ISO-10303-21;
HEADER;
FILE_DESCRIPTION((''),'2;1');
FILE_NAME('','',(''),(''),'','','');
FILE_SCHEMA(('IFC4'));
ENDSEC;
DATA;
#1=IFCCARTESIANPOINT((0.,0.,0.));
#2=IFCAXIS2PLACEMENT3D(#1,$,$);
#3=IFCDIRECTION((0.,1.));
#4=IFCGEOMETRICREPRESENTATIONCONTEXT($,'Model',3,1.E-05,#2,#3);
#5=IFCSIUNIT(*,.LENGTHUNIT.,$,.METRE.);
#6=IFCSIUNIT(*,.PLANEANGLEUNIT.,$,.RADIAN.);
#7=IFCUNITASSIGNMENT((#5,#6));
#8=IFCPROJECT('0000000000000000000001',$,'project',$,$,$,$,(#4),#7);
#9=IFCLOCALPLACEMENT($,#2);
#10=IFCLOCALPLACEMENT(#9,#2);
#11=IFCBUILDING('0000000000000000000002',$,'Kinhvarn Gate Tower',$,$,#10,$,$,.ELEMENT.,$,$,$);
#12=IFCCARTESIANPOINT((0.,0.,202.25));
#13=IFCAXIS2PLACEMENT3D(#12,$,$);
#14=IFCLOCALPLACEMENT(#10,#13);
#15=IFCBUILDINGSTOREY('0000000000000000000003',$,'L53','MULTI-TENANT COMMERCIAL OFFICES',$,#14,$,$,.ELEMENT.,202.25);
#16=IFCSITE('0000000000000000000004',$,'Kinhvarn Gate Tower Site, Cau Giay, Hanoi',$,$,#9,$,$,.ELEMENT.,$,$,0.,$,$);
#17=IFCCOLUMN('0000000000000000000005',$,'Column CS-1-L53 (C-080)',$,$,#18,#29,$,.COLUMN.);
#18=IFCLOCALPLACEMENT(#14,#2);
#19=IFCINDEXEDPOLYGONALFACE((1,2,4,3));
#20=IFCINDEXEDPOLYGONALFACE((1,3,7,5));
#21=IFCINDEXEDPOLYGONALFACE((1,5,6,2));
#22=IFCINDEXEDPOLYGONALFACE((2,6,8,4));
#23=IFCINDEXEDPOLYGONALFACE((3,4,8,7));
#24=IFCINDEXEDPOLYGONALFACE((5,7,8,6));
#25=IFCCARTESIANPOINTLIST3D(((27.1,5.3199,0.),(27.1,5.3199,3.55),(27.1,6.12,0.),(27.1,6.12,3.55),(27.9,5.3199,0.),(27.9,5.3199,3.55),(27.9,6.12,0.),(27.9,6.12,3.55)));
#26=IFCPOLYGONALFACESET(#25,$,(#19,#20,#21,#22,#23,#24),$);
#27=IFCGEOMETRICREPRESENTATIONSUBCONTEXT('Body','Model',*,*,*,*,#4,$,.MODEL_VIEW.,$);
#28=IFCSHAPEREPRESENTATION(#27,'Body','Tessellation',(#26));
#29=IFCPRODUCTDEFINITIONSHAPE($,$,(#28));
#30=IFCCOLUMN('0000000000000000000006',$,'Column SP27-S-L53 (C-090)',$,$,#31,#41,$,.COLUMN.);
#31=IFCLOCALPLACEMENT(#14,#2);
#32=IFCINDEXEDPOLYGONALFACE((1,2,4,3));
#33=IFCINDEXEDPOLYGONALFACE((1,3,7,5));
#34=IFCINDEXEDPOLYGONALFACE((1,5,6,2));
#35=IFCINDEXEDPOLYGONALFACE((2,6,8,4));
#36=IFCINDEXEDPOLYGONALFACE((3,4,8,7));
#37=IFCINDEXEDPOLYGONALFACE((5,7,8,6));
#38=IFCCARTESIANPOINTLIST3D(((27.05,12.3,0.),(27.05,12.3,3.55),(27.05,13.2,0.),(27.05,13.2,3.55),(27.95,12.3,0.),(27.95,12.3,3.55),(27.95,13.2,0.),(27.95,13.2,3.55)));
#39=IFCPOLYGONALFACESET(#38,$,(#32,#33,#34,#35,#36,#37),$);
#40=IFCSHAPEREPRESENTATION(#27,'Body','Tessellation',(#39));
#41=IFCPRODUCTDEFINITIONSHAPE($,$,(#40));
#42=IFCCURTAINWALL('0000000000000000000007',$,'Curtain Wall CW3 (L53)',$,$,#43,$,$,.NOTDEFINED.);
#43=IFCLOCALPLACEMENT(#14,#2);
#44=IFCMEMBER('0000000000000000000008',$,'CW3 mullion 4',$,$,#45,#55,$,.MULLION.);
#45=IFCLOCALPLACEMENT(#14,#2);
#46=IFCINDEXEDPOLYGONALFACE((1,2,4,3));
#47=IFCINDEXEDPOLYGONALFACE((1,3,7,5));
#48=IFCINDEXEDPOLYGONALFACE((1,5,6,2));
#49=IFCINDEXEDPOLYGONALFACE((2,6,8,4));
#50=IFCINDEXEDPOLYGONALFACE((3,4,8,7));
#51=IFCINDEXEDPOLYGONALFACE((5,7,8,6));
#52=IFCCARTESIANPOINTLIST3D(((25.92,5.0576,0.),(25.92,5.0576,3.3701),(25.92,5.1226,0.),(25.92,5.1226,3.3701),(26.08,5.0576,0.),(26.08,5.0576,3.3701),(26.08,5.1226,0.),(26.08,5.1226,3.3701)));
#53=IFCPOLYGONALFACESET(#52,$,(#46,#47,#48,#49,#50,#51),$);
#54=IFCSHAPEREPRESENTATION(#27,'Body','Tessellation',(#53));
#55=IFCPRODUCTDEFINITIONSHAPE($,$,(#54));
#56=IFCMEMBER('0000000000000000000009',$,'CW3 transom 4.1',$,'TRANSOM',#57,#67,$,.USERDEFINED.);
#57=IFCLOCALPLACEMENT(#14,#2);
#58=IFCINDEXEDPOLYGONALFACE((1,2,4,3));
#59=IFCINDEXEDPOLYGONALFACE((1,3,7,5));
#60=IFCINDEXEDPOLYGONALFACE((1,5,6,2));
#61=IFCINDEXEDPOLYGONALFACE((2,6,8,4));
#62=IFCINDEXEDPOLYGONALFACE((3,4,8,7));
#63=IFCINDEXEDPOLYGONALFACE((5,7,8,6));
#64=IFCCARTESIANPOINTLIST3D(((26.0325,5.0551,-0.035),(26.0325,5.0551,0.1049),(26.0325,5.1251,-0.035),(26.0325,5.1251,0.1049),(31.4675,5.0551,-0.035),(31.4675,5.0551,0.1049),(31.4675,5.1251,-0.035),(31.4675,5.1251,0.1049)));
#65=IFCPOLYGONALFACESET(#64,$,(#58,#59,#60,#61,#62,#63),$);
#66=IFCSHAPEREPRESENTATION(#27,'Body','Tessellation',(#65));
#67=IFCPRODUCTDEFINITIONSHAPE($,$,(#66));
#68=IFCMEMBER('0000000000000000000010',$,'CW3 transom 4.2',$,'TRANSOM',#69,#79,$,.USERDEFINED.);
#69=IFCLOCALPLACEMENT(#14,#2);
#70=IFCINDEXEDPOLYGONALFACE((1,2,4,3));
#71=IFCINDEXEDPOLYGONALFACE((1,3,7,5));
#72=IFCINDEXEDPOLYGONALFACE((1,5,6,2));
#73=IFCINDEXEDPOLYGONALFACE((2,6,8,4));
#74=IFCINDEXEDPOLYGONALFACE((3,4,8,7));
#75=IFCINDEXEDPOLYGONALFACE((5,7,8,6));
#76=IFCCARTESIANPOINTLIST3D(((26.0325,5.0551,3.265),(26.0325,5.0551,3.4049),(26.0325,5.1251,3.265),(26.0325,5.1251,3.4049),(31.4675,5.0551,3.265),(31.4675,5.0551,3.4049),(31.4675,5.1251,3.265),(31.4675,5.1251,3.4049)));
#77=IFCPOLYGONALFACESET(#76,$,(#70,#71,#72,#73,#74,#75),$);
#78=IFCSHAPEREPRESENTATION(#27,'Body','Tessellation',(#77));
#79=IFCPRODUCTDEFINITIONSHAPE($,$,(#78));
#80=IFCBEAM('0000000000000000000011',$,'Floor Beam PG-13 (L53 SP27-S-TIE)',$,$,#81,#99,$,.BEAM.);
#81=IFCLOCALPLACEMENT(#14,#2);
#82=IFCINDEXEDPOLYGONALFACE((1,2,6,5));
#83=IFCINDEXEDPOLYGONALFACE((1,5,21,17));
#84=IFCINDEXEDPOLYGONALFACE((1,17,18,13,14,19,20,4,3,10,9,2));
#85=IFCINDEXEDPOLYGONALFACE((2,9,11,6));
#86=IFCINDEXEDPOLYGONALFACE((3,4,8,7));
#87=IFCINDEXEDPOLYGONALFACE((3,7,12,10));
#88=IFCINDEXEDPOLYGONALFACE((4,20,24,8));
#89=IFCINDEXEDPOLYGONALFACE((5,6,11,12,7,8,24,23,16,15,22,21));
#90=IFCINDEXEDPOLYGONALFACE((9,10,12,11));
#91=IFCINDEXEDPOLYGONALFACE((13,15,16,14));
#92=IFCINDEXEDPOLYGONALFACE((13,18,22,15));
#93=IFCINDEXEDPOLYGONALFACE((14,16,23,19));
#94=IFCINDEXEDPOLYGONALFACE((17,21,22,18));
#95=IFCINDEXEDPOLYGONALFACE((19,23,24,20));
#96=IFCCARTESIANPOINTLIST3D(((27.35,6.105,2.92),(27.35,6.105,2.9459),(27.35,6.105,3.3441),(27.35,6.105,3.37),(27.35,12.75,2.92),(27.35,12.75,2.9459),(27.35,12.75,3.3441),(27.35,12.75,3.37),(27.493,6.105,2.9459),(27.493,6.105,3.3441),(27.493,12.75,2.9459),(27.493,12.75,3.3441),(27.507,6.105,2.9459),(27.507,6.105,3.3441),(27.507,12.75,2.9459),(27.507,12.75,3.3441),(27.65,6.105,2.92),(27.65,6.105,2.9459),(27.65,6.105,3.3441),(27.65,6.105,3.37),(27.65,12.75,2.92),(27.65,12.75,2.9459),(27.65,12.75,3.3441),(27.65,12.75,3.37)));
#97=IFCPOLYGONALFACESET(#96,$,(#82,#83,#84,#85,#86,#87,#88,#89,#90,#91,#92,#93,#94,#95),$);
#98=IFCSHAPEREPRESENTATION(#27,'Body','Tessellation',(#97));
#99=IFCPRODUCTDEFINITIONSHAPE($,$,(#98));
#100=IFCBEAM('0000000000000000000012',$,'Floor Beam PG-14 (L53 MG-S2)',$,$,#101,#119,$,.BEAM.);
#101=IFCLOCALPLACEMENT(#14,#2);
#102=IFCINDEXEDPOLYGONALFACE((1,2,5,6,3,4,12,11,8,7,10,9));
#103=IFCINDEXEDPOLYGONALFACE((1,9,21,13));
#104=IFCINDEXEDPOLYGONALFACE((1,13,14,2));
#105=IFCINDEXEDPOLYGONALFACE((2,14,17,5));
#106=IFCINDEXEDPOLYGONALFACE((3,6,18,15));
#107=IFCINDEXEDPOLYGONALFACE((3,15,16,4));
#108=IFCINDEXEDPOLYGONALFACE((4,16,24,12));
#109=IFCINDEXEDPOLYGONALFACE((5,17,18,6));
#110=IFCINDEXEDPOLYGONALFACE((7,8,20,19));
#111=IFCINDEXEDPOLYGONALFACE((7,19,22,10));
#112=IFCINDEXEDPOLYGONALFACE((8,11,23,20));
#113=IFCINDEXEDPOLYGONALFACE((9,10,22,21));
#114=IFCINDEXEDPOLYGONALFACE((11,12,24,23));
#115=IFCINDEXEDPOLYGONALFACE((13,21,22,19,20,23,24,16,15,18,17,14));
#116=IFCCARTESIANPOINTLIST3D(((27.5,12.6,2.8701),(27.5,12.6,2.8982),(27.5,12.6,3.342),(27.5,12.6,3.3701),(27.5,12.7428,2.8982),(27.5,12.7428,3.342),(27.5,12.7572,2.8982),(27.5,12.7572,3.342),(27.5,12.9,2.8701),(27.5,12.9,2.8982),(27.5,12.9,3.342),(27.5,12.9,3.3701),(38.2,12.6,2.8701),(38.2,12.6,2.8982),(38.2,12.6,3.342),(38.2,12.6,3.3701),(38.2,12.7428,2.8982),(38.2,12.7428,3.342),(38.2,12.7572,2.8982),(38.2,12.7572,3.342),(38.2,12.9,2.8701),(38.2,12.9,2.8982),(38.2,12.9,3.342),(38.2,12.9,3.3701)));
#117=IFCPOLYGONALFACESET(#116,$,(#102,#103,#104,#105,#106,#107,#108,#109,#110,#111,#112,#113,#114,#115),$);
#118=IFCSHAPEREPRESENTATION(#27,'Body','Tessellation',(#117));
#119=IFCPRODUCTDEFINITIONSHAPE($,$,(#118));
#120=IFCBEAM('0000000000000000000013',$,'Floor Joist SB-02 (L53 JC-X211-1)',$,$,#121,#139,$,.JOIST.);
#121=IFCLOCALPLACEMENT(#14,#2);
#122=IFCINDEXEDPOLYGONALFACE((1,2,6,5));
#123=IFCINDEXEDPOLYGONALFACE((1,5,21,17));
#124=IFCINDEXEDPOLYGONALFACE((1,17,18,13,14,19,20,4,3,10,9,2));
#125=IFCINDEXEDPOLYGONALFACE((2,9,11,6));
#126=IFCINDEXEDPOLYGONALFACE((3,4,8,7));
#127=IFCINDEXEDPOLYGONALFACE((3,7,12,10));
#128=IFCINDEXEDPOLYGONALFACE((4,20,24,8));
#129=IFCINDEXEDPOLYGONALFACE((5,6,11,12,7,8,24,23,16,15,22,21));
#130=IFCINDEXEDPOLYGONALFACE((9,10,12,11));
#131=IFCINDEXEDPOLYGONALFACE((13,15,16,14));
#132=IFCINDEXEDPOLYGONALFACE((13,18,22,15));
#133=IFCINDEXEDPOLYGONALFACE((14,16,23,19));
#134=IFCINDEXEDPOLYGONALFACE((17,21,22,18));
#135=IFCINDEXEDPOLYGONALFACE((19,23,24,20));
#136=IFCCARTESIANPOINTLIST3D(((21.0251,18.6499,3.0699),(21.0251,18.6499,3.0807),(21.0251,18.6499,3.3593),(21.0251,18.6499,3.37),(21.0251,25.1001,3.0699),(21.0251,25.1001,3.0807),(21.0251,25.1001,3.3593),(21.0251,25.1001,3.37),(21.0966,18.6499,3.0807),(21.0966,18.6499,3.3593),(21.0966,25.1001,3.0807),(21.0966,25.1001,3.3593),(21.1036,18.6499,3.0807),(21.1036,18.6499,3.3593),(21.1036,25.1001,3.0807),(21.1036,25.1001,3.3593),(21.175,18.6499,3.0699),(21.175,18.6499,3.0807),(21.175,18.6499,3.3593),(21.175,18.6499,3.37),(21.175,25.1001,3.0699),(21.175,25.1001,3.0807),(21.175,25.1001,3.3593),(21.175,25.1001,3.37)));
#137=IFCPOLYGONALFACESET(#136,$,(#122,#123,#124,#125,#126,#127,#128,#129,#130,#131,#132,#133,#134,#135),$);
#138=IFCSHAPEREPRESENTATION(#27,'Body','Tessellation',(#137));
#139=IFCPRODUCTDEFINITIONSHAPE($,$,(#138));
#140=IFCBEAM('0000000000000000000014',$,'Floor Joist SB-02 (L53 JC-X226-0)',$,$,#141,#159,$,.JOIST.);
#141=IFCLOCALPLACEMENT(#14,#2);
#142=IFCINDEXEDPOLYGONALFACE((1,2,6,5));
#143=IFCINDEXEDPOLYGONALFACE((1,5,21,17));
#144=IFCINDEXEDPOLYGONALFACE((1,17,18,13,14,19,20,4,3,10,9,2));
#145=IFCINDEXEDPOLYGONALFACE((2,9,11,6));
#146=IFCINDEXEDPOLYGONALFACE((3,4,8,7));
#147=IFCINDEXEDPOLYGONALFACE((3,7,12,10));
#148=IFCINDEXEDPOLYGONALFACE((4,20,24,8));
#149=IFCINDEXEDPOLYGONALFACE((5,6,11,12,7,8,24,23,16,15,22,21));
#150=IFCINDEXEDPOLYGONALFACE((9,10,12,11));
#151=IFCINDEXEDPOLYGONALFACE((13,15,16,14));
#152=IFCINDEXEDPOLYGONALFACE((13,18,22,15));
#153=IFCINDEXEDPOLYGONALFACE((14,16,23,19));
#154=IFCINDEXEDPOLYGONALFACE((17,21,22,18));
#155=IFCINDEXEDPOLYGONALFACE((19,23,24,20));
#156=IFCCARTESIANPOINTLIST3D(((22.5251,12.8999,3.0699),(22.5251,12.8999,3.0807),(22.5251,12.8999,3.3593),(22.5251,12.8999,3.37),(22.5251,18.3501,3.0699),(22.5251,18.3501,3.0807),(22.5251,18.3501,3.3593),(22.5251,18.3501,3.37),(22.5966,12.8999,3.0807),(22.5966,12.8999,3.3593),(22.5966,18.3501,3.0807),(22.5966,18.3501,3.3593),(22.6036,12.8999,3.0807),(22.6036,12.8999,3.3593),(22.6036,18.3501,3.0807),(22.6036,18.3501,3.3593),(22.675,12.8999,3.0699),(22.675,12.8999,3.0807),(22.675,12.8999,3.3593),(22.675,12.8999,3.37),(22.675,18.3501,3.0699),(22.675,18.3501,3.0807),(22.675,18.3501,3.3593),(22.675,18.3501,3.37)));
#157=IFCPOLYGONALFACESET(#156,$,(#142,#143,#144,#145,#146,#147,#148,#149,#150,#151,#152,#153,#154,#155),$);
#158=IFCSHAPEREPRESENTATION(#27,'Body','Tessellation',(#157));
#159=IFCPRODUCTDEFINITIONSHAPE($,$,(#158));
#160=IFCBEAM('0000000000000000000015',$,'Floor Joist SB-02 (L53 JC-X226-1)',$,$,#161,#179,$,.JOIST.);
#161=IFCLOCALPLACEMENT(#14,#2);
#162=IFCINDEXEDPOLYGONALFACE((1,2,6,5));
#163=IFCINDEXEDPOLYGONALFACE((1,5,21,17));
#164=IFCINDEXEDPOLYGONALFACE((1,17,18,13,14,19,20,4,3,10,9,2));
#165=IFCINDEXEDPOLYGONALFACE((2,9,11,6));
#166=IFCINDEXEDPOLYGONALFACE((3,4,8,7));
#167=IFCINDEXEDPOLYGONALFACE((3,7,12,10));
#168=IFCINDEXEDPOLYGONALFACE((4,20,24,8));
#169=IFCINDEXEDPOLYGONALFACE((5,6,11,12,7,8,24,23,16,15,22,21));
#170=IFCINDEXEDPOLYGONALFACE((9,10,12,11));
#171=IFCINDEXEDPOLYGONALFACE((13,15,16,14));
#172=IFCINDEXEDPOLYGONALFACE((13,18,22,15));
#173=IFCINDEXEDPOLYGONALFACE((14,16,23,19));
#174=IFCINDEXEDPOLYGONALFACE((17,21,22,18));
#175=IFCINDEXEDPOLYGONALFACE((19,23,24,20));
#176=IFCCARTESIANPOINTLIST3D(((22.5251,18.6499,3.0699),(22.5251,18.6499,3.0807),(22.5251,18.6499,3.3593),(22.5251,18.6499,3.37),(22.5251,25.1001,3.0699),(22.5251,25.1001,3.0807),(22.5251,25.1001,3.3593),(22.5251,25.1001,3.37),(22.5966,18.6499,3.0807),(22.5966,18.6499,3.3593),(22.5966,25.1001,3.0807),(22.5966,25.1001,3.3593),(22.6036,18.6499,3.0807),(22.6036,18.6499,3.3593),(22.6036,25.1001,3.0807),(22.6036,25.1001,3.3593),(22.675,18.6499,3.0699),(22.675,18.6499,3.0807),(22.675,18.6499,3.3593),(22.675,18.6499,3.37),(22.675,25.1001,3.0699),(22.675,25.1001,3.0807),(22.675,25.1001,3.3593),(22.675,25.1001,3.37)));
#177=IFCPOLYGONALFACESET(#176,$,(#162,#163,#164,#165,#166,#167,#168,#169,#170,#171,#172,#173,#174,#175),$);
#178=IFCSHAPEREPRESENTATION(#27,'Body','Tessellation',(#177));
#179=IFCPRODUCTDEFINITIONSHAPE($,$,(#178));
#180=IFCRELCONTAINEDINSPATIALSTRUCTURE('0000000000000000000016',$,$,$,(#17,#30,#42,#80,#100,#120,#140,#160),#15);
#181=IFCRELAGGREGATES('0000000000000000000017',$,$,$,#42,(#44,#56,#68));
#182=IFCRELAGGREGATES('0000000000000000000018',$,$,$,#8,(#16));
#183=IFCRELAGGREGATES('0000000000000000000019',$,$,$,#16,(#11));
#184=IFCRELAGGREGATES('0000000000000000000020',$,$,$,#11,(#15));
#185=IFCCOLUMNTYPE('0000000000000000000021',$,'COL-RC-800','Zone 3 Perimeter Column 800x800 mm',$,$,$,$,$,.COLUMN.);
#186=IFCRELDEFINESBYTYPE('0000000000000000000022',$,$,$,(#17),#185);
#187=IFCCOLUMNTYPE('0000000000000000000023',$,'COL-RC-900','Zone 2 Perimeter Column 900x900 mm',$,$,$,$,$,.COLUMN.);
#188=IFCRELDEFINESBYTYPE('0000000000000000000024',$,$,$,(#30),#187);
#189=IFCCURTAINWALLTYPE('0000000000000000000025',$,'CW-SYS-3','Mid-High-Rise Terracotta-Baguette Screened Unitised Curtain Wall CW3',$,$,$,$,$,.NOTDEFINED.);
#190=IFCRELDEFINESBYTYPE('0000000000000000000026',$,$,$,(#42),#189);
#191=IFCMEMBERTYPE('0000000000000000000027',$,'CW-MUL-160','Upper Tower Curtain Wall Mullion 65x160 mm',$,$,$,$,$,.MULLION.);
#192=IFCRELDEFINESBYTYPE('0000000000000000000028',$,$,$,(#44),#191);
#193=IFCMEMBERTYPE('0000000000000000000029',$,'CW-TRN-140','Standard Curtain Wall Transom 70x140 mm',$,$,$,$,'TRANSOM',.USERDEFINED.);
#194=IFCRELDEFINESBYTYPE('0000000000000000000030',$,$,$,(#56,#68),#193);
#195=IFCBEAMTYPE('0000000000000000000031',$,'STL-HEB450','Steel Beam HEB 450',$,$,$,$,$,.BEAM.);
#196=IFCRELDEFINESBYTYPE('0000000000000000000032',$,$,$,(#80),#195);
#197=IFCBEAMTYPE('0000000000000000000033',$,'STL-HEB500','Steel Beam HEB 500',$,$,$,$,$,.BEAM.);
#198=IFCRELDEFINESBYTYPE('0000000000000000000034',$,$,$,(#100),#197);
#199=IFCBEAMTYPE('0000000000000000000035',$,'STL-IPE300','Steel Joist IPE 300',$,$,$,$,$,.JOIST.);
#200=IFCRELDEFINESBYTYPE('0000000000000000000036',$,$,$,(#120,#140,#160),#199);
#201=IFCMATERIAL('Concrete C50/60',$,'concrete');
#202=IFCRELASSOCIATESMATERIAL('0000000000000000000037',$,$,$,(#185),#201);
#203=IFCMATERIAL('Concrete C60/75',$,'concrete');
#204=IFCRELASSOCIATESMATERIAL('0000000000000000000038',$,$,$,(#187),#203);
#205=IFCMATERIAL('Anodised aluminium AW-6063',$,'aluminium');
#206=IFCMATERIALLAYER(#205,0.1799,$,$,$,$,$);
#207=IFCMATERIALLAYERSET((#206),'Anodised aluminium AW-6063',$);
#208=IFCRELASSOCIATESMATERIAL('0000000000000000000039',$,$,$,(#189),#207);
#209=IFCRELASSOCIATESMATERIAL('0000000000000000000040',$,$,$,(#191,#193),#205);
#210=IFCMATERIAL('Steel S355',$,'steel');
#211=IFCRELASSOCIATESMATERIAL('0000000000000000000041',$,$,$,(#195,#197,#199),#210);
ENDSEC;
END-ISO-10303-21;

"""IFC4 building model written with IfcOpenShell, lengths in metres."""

from ifc_helpers import new_model, si_unit, direction, frame, origin, origin_2d, place, context, subcontext, project, spatial, rectangle, i_section, extrude, material, layer, layer_set, material_profile, profile_set, type_object, element, aggregate, save


model = new_model("IFC4")

# Units and contexts
model_context = context("Model", 3, precision=1e-05, world=origin(), true_north=direction((0.0, 1.0)))
body_context = subcontext(model_context, "Body", "Model", "MODEL_VIEW")
ifc_project = project(units=[si_unit("LENGTHUNIT", "METRE"), si_unit("PLANEANGLEUNIT", "RADIAN")], contexts=[model_context])

# Site, building, storey
site_placement = place(None, origin())
site = spatial("IfcSite", under=ifc_project, at=site_placement, Name="Kinhvarn Gate Tower Site, Cau Giay, Hanoi", CompositionType="ELEMENT", RefElevation=0.0)
building_placement = place(site_placement, origin())
building = spatial("IfcBuilding", under=site, at=building_placement, Name="Kinhvarn Gate Tower", CompositionType="ELEMENT")
storey_placement = place(building_placement, frame((0.0, 0.0, 202.25)))
storey = spatial("IfcBuildingStorey", under=building, at=storey_placement, Name="L53", Description="MULTI-TENANT COMMERCIAL OFFICES", CompositionType="ELEMENT", Elevation=202.25)

# Columns
ifc_material_1 = material(Name="Concrete C50/60", Category="concrete")
ifc_material_profile_1 = material_profile(ifc_material_1, rectangle(XDim=0.8, YDim=0.8, at=origin_2d()), Name="RC 800x800")
ifc_profile_set_1 = profile_set([ifc_material_profile_1], Name="Concrete C50/60")
column_type_1 = type_object("IfcColumnType", Name="COL-RC-800", Description="Zone 3 Perimeter Column 800x800 mm", PredefinedType="COLUMN", material=ifc_profile_set_1)
column_1_placement = place(storey_placement, frame((27.5, 5.72, 0.0), z_axis=(0.0, 0.0, 1.0), x_axis=(1.0, 0.0, 0.0)))
element("IfcColumn", 1, at=column_1_placement, inside=storey, type_object=column_type_1, Name="Column CS-1-L53 (C-080)", PredefinedType="COLUMN", context=body_context, shape_type="SweptSolid", body=[
    extrude(rectangle(XDim=0.8, YDim=0.8, at=origin_2d()), origin(), (0.0, 0.0, 1.0), 3.55),
])
ifc_material_2 = material(Name="Concrete C60/75", Category="concrete")
ifc_material_profile_2 = material_profile(ifc_material_2, rectangle(XDim=0.8999, YDim=0.8999, at=origin_2d()), Name="RC 900x900")
ifc_profile_set_2 = profile_set([ifc_material_profile_2], Name="Concrete C60/75")
column_type_2 = type_object("IfcColumnType", Name="COL-RC-900", Description="Zone 2 Perimeter Column 900x900 mm", PredefinedType="COLUMN", material=ifc_profile_set_2)
column_2_placement = place(storey_placement, frame((27.5, 12.75, 0.0), z_axis=(0.0, 0.0, 1.0), x_axis=(1.0, 0.0, 0.0)))
element("IfcColumn", 2, at=column_2_placement, inside=storey, type_object=column_type_2, Name="Column SP27-S-L53 (C-090)", PredefinedType="COLUMN", context=body_context, shape_type="SweptSolid", body=[
    extrude(rectangle(XDim=0.8999, YDim=0.8999, at=origin_2d()), origin(), (0.0, 0.0, 1.0), 3.55),
])

# Curtain wall, members
ifc_material_3 = material(Name="Anodised aluminium AW-6063", Category="aluminium")
ifc_layer_1 = layer(ifc_material_3, 0.1799)
ifc_layer_set_1 = layer_set([ifc_layer_1], Name="Anodised aluminium AW-6063")
curtain_wall_type = type_object("IfcCurtainWallType", Name="CW-SYS-3", Description="Mid-High-Rise Terracotta-Baguette Screened Unitised Curtain Wall CW3", PredefinedType="NOTDEFINED", material=ifc_layer_set_1)
curtain_wall_placement = place(storey_placement, origin())
curtain_wall = element("IfcCurtainWall", 3, at=curtain_wall_placement, inside=storey, type_object=curtain_wall_type, Name="Curtain Wall CW3 (L53)", PredefinedType="NOTDEFINED")
ifc_material_profile_3 = material_profile(ifc_material_3, rectangle(XDim=0.0649, YDim=0.1599, at=origin_2d()), Name="ALU 65x160")
ifc_profile_set_3 = profile_set([ifc_material_profile_3], Name="Anodised aluminium AW-6063")
member_type_1 = type_object("IfcMemberType", Name="CW-MUL-160", Description="Upper Tower Curtain Wall Mullion 65x160 mm", PredefinedType="MULLION", material=ifc_profile_set_3)
member_1_placement = place(storey_placement, frame((26.0, 5.0901, 0.0), z_axis=(0.0, 0.0, 1.0), x_axis=(0.0, 1.0, 0.0)))
member_1 = element("IfcMember", 4, at=member_1_placement, type_object=member_type_1, Name="CW3 mullion 4", PredefinedType="MULLION", context=body_context, shape_type="SweptSolid", body=[
    extrude(rectangle(XDim=0.0649, YDim=0.1599, at=origin_2d()), origin(), (0.0, 0.0, 1.0), 3.3701),
])
ifc_material_profile_4 = material_profile(ifc_material_3, rectangle(XDim=0.0701, YDim=0.1399, at=origin_2d()), Name="ALU 70x140")
ifc_profile_set_4 = profile_set([ifc_material_profile_4], Name="Anodised aluminium AW-6063")
member_type_2 = type_object("IfcMemberType", Name="CW-TRN-140", Description="Standard Curtain Wall Transom 70x140 mm", ElementType="TRANSOM", PredefinedType="USERDEFINED", material=ifc_profile_set_4)
member_2_placement = place(storey_placement, frame((26.0325, 5.0901, 0.0349), z_axis=(1.0, 0.0, 0.0), x_axis=(0.0, 1.0, 0.0)))
member_2 = element("IfcMember", 5, at=member_2_placement, type_object=member_type_2, Name="CW3 transom 4.1", ObjectType="TRANSOM", PredefinedType="USERDEFINED", context=body_context, shape_type="SweptSolid", body=[
    extrude(rectangle(XDim=0.0701, YDim=0.1399, at=origin_2d()), origin(), (0.0, 0.0, 1.0), 5.4351),
])
member_3_placement = place(storey_placement, frame((26.0325, 5.0901, 3.335), z_axis=(1.0, 0.0, 0.0), x_axis=(0.0, 1.0, 0.0)))
member_3 = element("IfcMember", 6, at=member_3_placement, type_object=member_type_2, Name="CW3 transom 4.2", ObjectType="TRANSOM", PredefinedType="USERDEFINED", context=body_context, shape_type="SweptSolid", body=[
    extrude(rectangle(XDim=0.0701, YDim=0.1399, at=origin_2d()), origin(), (0.0, 0.0, 1.0), 5.4351),
])

# Beams
ifc_material_4 = material(Name="Steel S355", Category="steel")
ifc_material_profile_5 = material_profile(ifc_material_4, i_section(OverallWidth=0.3, OverallDepth=0.45, WebThickness=0.0139, FlangeThickness=0.0259, at=origin_2d()), Name="HEB 450")
ifc_profile_set_5 = profile_set([ifc_material_profile_5], Name="Steel S355")
beam_type_1 = type_object("IfcBeamType", Name="STL-HEB450", Description="Steel Beam HEB 450", PredefinedType="BEAM", material=ifc_profile_set_5)
beam_1_placement = place(storey_placement, frame((27.5, 6.105, 3.145), z_axis=(0.0, 1.0, 0.0), x_axis=(-1.0, 0.0, 0.0)))
element("IfcBeam", 7, at=beam_1_placement, inside=storey, type_object=beam_type_1, Name="Floor Beam PG-13 (L53 SP27-S-TIE)", PredefinedType="BEAM", context=body_context, shape_type="SweptSolid", body=[
    extrude(i_section(OverallWidth=0.3, OverallDepth=0.45, WebThickness=0.0139, FlangeThickness=0.0259, at=origin_2d()), origin(), (0.0, 0.0, 1.0), 6.645),
])
ifc_material_profile_6 = material_profile(ifc_material_4, i_section(OverallWidth=0.3, OverallDepth=0.5, WebThickness=0.0144, FlangeThickness=0.0281, at=origin_2d()), Name="HEB 500")
ifc_profile_set_6 = profile_set([ifc_material_profile_6], Name="Steel S355")
beam_type_2 = type_object("IfcBeamType", Name="STL-HEB500", Description="Steel Beam HEB 500", PredefinedType="BEAM", material=ifc_profile_set_6)
beam_2_placement = place(storey_placement, frame((27.5, 12.75, 3.1201), z_axis=(1.0, 0.0, 0.0), x_axis=(0.0, 1.0, 0.0)))
element("IfcBeam", 8, at=beam_2_placement, inside=storey, type_object=beam_type_2, Name="Floor Beam PG-14 (L53 MG-S2)", PredefinedType="BEAM", context=body_context, shape_type="SweptSolid", body=[
    extrude(i_section(OverallWidth=0.3, OverallDepth=0.5, WebThickness=0.0144, FlangeThickness=0.0281, at=origin_2d()), origin(), (0.0, 0.0, 1.0), 10.7),
])
ifc_material_profile_7 = material_profile(ifc_material_4, i_section(OverallWidth=0.1499, OverallDepth=0.3, WebThickness=0.0071, FlangeThickness=0.0107, at=origin_2d()), Name="IPE 300")
ifc_profile_set_7 = profile_set([ifc_material_profile_7], Name="Steel S355")
beam_type_3 = type_object("IfcBeamType", Name="STL-IPE300", Description="Steel Joist IPE 300", PredefinedType="JOIST", material=ifc_profile_set_7)
beam_3_placement = place(storey_placement, frame((21.1001, 18.6499, 3.22), z_axis=(0.0, 1.0, 0.0), x_axis=(-1.0, 0.0, 0.0)))
element("IfcBeam", 9, at=beam_3_placement, inside=storey, type_object=beam_type_3, Name="Floor Joist SB-02 (L53 JC-X211-1)", PredefinedType="JOIST", context=body_context, shape_type="SweptSolid", body=[
    extrude(i_section(OverallWidth=0.1499, OverallDepth=0.3, WebThickness=0.0071, FlangeThickness=0.0107, at=origin_2d()), origin(), (0.0, 0.0, 1.0), 6.4502),
])
beam_4_placement = place(storey_placement, frame((22.6001, 12.8999, 3.22), z_axis=(0.0, 1.0, 0.0), x_axis=(-1.0, 0.0, 0.0)))
element("IfcBeam", 10, at=beam_4_placement, inside=storey, type_object=beam_type_3, Name="Floor Joist SB-02 (L53 JC-X226-0)", PredefinedType="JOIST", context=body_context, shape_type="SweptSolid", body=[
    extrude(i_section(OverallWidth=0.1499, OverallDepth=0.3, WebThickness=0.0071, FlangeThickness=0.0107, at=origin_2d()), origin(), (0.0, 0.0, 1.0), 5.4502),
])
beam_5_placement = place(storey_placement, frame((22.6001, 18.6499, 3.22), z_axis=(0.0, 1.0, 0.0), x_axis=(-1.0, 0.0, 0.0)))
element("IfcBeam", 11, at=beam_5_placement, inside=storey, type_object=beam_type_3, Name="Floor Joist SB-02 (L53 JC-X226-1)", PredefinedType="JOIST", context=body_context, shape_type="SweptSolid", body=[
    extrude(i_section(OverallWidth=0.1499, OverallDepth=0.3, WebThickness=0.0071, FlangeThickness=0.0107, at=origin_2d()), origin(), (0.0, 0.0, 1.0), 6.4502),
])

aggregate(curtain_wall, [member_1, member_2, member_3])

save(model, "model.ifc")
